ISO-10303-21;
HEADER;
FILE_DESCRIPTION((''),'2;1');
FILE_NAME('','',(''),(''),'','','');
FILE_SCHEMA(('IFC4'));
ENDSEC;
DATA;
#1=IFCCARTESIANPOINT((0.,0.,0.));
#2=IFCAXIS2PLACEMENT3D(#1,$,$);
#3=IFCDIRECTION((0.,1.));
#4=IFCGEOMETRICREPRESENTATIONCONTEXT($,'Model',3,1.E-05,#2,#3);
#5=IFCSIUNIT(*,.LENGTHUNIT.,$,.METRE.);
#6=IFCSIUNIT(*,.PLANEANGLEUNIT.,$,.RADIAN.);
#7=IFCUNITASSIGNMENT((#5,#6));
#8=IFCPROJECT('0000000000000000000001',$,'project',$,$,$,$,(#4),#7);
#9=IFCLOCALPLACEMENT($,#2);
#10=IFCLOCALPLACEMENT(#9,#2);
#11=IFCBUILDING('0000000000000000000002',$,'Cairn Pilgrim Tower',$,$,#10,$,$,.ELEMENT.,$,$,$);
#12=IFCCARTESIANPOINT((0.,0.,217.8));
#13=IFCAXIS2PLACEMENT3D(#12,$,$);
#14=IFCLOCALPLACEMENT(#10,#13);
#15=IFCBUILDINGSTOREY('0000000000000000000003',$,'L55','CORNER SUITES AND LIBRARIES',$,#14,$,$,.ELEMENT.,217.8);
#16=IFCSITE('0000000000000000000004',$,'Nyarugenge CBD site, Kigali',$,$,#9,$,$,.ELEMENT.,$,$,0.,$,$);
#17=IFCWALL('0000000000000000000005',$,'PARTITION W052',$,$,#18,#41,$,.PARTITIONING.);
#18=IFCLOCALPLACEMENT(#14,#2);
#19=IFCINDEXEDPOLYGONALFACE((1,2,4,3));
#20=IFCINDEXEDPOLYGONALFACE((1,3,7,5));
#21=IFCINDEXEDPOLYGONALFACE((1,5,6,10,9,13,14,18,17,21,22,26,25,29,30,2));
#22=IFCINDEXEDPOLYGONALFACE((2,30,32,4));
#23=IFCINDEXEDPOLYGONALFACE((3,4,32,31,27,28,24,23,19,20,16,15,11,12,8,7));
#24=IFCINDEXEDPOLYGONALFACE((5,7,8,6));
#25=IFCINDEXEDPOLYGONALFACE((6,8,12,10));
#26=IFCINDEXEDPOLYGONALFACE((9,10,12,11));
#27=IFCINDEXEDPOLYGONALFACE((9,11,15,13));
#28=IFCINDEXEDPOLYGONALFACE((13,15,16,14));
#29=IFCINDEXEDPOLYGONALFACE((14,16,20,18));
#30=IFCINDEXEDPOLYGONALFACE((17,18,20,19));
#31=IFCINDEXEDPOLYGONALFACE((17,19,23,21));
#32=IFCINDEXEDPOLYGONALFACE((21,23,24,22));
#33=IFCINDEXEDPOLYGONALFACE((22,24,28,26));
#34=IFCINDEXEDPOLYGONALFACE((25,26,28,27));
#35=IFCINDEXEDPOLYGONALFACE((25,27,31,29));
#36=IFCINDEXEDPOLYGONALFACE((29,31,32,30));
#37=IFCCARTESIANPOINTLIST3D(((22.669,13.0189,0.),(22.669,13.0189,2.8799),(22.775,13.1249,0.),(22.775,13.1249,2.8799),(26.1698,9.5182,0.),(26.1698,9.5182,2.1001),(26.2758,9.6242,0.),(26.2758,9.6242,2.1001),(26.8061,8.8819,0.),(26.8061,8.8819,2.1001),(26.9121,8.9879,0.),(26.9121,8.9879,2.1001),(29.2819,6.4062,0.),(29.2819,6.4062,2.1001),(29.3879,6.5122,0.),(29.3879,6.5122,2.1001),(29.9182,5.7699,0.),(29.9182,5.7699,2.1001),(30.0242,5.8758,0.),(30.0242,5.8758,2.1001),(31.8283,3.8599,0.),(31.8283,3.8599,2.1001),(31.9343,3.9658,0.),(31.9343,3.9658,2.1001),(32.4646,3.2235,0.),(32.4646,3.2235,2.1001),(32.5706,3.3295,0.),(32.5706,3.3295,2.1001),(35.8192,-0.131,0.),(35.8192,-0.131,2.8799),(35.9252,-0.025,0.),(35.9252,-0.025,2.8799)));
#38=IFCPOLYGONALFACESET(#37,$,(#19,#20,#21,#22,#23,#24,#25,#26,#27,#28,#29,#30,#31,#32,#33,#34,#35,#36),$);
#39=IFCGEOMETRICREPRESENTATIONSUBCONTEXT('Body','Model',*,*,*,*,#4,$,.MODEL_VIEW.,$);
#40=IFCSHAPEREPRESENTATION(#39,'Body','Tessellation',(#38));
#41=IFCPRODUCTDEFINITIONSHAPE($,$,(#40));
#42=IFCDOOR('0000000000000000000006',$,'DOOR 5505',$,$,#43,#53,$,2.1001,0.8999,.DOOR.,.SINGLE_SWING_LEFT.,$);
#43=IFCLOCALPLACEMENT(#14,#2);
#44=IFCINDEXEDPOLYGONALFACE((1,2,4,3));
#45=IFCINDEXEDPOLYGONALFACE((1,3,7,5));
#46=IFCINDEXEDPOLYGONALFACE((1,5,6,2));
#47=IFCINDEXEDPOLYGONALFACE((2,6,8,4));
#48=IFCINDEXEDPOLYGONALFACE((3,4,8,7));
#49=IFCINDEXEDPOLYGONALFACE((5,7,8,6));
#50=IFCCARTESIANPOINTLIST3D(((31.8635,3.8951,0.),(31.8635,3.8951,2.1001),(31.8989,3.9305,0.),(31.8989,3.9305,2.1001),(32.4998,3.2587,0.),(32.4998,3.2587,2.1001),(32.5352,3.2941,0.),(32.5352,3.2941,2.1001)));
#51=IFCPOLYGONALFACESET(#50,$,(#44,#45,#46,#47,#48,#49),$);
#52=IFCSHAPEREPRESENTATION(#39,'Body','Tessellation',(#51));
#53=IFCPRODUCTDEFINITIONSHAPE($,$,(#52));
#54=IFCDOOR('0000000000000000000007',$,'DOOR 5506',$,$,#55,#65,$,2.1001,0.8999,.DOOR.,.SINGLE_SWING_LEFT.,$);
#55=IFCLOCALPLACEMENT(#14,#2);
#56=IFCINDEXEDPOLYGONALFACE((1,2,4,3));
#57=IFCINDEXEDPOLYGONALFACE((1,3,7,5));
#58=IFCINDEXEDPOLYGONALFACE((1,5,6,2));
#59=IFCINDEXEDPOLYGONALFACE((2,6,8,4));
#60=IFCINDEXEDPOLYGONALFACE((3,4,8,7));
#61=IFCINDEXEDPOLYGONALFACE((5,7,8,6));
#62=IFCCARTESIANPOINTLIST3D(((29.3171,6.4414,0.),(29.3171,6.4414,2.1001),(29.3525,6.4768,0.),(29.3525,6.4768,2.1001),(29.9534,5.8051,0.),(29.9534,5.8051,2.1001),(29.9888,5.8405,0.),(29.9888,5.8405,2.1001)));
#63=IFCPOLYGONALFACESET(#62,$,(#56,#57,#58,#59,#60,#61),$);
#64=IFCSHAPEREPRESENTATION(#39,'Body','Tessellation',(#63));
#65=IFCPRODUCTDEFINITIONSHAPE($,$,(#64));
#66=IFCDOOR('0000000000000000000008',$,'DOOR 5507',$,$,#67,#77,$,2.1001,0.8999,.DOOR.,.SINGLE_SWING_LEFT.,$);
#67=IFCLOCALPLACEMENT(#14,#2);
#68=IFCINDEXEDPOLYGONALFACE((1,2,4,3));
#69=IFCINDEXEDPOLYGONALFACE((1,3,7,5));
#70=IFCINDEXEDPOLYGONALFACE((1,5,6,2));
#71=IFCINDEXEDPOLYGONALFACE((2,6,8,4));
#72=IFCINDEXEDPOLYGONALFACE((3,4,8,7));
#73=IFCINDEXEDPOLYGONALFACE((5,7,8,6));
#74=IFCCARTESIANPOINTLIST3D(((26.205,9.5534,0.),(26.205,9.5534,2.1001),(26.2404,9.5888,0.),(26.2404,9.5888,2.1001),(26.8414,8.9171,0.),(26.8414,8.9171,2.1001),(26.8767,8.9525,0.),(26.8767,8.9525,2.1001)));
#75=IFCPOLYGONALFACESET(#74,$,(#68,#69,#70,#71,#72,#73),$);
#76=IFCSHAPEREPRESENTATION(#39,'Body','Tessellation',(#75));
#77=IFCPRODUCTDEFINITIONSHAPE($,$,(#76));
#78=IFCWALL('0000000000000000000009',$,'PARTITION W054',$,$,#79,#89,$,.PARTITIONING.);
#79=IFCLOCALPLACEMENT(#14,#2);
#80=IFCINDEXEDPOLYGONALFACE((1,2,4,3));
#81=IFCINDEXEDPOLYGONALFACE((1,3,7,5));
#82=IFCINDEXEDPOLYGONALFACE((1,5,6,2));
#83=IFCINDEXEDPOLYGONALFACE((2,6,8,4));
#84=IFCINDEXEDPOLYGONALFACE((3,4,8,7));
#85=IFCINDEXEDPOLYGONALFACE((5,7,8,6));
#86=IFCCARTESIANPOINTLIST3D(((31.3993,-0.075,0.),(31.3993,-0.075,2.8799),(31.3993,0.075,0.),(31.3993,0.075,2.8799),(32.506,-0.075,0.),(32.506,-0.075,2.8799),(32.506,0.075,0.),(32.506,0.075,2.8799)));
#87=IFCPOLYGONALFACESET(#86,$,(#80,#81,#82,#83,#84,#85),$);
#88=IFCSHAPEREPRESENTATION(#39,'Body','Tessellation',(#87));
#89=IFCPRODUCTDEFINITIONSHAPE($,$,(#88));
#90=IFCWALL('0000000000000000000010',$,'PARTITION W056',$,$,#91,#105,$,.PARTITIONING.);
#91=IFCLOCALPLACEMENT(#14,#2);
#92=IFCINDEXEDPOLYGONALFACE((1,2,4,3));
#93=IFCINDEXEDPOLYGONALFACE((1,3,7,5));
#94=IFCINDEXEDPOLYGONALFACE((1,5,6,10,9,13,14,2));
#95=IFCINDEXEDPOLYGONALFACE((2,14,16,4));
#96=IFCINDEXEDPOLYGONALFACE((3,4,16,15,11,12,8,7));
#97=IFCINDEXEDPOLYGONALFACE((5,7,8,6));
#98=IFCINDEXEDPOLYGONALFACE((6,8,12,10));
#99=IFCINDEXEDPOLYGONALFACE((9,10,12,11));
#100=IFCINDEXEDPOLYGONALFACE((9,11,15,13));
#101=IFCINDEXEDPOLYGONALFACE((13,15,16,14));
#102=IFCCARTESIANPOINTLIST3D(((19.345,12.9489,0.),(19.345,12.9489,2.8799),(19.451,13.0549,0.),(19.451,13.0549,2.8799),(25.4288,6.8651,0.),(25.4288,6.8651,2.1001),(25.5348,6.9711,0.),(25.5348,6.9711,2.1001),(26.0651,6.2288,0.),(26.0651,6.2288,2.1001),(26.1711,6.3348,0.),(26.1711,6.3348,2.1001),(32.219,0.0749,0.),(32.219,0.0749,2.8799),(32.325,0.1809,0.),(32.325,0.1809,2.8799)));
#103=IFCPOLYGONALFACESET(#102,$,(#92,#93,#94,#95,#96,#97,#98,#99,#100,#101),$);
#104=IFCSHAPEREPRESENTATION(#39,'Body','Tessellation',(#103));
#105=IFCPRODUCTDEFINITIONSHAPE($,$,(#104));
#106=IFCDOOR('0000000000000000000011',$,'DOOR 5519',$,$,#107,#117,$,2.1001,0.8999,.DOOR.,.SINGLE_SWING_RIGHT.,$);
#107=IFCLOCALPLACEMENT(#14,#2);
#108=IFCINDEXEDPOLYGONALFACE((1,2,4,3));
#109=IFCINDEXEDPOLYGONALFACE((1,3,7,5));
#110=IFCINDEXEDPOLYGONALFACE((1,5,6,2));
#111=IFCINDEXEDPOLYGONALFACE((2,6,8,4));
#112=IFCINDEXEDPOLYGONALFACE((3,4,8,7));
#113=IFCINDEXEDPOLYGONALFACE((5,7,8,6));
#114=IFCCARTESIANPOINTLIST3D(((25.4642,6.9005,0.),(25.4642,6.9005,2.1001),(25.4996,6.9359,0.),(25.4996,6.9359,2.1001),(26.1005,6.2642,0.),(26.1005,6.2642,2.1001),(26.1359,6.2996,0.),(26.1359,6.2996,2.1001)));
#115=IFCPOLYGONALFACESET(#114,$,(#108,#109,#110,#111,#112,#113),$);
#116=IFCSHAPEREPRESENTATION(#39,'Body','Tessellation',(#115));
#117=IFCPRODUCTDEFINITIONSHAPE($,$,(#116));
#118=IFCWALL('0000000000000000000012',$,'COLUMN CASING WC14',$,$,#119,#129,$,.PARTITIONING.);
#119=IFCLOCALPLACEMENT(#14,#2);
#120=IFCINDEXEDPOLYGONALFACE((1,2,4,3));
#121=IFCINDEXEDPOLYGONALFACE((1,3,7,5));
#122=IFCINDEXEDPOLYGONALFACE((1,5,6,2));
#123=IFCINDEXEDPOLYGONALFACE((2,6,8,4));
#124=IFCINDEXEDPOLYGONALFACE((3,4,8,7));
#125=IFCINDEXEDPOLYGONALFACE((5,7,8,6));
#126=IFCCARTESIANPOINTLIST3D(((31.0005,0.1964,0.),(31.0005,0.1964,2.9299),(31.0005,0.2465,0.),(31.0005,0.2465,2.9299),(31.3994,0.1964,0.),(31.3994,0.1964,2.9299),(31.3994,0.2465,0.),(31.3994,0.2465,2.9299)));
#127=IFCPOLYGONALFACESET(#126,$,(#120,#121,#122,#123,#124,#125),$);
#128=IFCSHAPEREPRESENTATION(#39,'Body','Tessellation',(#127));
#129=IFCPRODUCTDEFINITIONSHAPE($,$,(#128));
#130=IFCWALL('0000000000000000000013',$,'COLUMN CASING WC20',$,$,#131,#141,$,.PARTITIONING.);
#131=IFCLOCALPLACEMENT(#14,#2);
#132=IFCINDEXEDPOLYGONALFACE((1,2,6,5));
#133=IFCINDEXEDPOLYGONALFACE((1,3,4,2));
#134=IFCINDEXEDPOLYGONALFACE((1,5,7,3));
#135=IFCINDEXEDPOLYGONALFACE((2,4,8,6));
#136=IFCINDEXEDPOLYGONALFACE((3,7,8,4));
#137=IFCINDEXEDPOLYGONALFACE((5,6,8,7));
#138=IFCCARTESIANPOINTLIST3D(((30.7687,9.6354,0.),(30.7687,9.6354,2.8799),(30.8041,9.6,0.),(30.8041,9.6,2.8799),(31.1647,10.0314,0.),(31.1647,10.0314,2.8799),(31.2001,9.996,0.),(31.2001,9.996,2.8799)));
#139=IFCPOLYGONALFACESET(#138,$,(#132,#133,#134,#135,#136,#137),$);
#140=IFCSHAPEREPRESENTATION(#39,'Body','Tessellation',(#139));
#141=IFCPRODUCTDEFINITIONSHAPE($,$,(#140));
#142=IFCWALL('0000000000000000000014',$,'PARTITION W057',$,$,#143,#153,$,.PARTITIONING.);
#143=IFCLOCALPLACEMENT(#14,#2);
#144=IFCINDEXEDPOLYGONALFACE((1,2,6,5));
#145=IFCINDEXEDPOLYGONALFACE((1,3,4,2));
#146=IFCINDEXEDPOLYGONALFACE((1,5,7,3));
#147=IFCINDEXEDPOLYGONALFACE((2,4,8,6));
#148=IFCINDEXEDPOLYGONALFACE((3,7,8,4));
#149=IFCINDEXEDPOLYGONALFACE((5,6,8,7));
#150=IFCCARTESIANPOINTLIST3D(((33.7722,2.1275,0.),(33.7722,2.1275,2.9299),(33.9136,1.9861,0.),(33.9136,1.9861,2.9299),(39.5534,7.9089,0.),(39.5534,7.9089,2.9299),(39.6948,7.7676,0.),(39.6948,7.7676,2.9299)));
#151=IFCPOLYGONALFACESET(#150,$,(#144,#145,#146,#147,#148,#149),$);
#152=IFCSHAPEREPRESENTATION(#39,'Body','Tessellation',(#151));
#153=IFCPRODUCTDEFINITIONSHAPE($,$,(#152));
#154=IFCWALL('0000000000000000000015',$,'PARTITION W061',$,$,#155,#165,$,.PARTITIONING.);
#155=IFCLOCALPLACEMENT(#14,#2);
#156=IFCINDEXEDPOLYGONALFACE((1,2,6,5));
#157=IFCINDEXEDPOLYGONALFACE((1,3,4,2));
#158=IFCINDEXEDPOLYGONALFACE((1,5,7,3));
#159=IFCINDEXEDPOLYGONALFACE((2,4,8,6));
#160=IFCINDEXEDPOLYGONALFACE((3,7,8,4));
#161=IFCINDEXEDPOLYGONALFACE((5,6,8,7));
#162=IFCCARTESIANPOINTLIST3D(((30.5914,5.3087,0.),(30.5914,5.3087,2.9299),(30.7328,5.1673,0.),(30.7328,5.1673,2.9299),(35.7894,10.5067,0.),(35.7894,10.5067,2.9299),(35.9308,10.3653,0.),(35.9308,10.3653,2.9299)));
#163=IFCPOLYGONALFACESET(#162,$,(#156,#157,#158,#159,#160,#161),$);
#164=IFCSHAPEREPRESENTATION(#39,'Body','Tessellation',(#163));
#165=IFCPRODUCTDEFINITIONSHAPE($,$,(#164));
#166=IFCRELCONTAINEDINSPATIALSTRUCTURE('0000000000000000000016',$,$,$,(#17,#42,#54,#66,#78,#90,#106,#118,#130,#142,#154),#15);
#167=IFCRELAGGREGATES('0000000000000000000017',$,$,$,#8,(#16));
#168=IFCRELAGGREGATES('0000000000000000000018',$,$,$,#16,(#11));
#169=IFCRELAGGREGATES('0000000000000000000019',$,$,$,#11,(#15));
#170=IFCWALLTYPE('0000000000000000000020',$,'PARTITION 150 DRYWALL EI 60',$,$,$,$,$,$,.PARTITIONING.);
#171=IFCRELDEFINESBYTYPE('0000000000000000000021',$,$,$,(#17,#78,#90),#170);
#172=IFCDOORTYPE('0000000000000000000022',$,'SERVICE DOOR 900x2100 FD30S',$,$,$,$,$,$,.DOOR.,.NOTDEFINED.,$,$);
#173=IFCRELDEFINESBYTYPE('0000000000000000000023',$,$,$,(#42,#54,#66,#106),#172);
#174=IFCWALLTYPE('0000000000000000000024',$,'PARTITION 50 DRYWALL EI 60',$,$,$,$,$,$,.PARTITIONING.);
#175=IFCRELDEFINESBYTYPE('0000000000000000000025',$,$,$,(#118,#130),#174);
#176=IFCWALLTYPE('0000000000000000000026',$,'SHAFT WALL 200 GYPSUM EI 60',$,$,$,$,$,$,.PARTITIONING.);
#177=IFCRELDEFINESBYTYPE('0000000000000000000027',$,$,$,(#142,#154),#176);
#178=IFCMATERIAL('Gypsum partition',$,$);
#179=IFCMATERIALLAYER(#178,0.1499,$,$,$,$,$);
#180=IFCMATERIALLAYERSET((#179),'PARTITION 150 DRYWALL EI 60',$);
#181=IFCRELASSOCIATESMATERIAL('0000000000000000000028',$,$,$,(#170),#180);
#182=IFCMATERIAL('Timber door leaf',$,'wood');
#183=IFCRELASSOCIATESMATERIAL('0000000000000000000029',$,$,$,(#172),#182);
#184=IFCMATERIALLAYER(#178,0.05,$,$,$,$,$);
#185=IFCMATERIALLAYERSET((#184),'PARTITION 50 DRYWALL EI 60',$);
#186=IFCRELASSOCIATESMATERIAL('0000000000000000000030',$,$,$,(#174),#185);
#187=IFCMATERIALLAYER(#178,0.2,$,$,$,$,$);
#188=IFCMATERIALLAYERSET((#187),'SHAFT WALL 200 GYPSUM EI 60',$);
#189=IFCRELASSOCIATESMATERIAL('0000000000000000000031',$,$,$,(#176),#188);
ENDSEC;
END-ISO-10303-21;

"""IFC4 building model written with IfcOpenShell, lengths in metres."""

from ifc_helpers import new_model, si_unit, direction, frame, frame_2d, origin, place, context, subcontext, project, spatial, rectangle, extrude, material, layer, layer_set, type_object, element, fill, save


model = new_model("IFC4")

# Units and contexts
model_context = context("Model", 3, precision=1e-05, world=origin(), true_north=direction((0.0, 1.0)))
body_context = subcontext(model_context, "Body", "Model", "MODEL_VIEW")
ifc_project = project(units=[si_unit("LENGTHUNIT", "METRE"), si_unit("PLANEANGLEUNIT", "RADIAN")], contexts=[model_context])

# Site, building, storey
site_placement = place(None, origin())
site = spatial("IfcSite", under=ifc_project, at=site_placement, Name="Nyarugenge CBD site, Kigali", CompositionType="ELEMENT", RefElevation=0.0)
building_placement = place(site_placement, origin())
building = spatial("IfcBuilding", under=site, at=building_placement, Name="Cairn Pilgrim Tower", CompositionType="ELEMENT")
storey_placement = place(building_placement, frame((0.0, 0.0, 217.8)))
storey = spatial("IfcBuildingStorey", under=building, at=storey_placement, Name="L55", Description="CORNER SUITES AND LIBRARIES", CompositionType="ELEMENT", Elevation=217.8)

# Wall, openings, doors
ifc_material_1 = material(Name="Gypsum partition")
ifc_layer_1 = layer(ifc_material_1, 0.1499)
ifc_layer_set_1 = layer_set([ifc_layer_1], Name="PARTITION 150 DRYWALL EI 60")
wall_type_1 = type_object("IfcWallType", Name="PARTITION 150 DRYWALL EI 60", PredefinedType="PARTITIONING", material=ifc_layer_set_1)
wall_1_placement = place(storey_placement, frame((35.8721, -0.0779, 0.0), z_axis=(0.0, 0.0, 1.0), x_axis=(-0.707113, 0.7071, 0.0)))
wall_1 = element("IfcWall", 1, at=wall_1_placement, inside=storey, type_object=wall_type_1, Name="PARTITION W052", PredefinedType="PARTITIONING", context=body_context, shape_type="SweptSolid", body=[
    extrude(rectangle(XDim=18.5969, YDim=0.1499, at=frame_2d((9.2983, 0.0))), origin(), (0.0, 0.0, 1.0), 2.8799),
])
opening_1_placement = place(wall_1_placement, frame((4.7439, 0.0, 0.0)))
opening_1 = element("IfcOpeningElement", 2, at=opening_1_placement, cuts=wall_1, PredefinedType="OPENING", context=body_context, shape_type="SweptSolid", body=[
    extrude(rectangle(XDim=0.8999, YDim=2.1001, at=frame_2d((0.45, 1.05))), frame((0.0, 0.085, 0.0), z_axis=(0.0, -1.0, 0.0), x_axis=(1.0, 0.0, 0.0)), (0.0, 0.0, 1.0), 0.1699),
])
opening_2_placement = place(wall_1_placement, frame((8.345, 0.0, 0.0)))
opening_2 = element("IfcOpeningElement", 3, at=opening_2_placement, cuts=wall_1, PredefinedType="OPENING", context=body_context, shape_type="SweptSolid", body=[
    extrude(rectangle(XDim=0.8999, YDim=2.1001, at=frame_2d((0.45, 1.05))), frame((0.0, 0.085, 0.0), z_axis=(0.0, -1.0, 0.0), x_axis=(1.0, 0.0, 0.0)), (0.0, 0.0, 1.0), 0.1699),
])
opening_3_placement = place(wall_1_placement, frame((12.7461, 0.0, 0.0)))
opening_3 = element("IfcOpeningElement", 4, at=opening_3_placement, cuts=wall_1, PredefinedType="OPENING", context=body_context, shape_type="SweptSolid", body=[
    extrude(rectangle(XDim=0.8999, YDim=2.1001, at=frame_2d((0.45, 1.05))), frame((0.0, 0.085, 0.0), z_axis=(0.0, -1.0, 0.0), x_axis=(1.0, 0.0, 0.0)), (0.0, 0.0, 1.0), 0.1699),
])
ifc_material_2 = material(Name="Timber door leaf", Category="wood")
door_type_1 = type_object("IfcDoorType", Name="SERVICE DOOR 900x2100 FD30S", OperationType="NOTDEFINED", PredefinedType="DOOR", material=ifc_material_2)
door_1_placement = place(opening_1_placement, frame((0.8999, 0.0, 0.0), z_axis=(0.0, 0.0, 1.0), x_axis=(-1.0, 0.0, 0.0)))
door_1 = element("IfcDoor", 5, at=door_1_placement, inside=storey, type_object=door_type_1, Name="DOOR 5505", OperationType="SINGLE_SWING_LEFT", OverallHeight=2.1001, OverallWidth=0.8999, PredefinedType="DOOR", context=body_context, shape_type="SweptSolid", body=[
    extrude(rectangle(XDim=0.8999, YDim=2.1001, at=frame_2d((0.45, 1.05))), frame((0.0, 0.0249, 0.0), z_axis=(0.0, -1.0, 0.0), x_axis=(1.0, 0.0, 0.0)), (0.0, 0.0, 1.0), 0.05),
])
fill(opening_1, door_1)
door_2_placement = place(opening_2_placement, frame((0.8999, 0.0, 0.0), z_axis=(0.0, 0.0, 1.0), x_axis=(-1.0, 0.0, 0.0)))
door_2 = element("IfcDoor", 6, at=door_2_placement, inside=storey, type_object=door_type_1, Name="DOOR 5506", OperationType="SINGLE_SWING_LEFT", OverallHeight=2.1001, OverallWidth=0.8999, PredefinedType="DOOR", context=body_context, shape_type="SweptSolid", body=[
    extrude(rectangle(XDim=0.8999, YDim=2.1001, at=frame_2d((0.45, 1.05))), frame((0.0, 0.0249, 0.0), z_axis=(0.0, -1.0, 0.0), x_axis=(1.0, 0.0, 0.0)), (0.0, 0.0, 1.0), 0.05),
])
fill(opening_2, door_2)
door_3_placement = place(opening_3_placement, frame((0.8999, 0.0, 0.0), z_axis=(0.0, 0.0, 1.0), x_axis=(-1.0, 0.0, 0.0)))
door_3 = element("IfcDoor", 7, at=door_3_placement, inside=storey, type_object=door_type_1, Name="DOOR 5507", OperationType="SINGLE_SWING_LEFT", OverallHeight=2.1001, OverallWidth=0.8999, PredefinedType="DOOR", context=body_context, shape_type="SweptSolid", body=[
    extrude(rectangle(XDim=0.8999, YDim=2.1001, at=frame_2d((0.45, 1.05))), frame((0.0, 0.0249, 0.0), z_axis=(0.0, -1.0, 0.0), x_axis=(1.0, 0.0, 0.0)), (0.0, 0.0, 1.0), 0.05),
])
fill(opening_3, door_3)

# Wall
wall_2_placement = place(storey_placement, frame((31.3994, 0.0, 0.0), z_axis=(0.0, 0.0, 1.0), x_axis=(1.0, 0.0, 0.0)))
element("IfcWall", 8, at=wall_2_placement, inside=storey, type_object=wall_type_1, Name="PARTITION W054", PredefinedType="PARTITIONING", context=body_context, shape_type="SweptSolid", body=[
    extrude(rectangle(XDim=1.1067, YDim=0.1499, at=frame_2d((0.5532, 0.0))), origin(), (0.0, 0.0, 1.0), 2.8799),
])

# Wall, opening, door
wall_3_placement = place(storey_placement, frame((32.272, 0.1279, 0.0), z_axis=(0.0, 0.0, 1.0), x_axis=(-0.707107, 0.707107, 0.0)))
wall_3 = element("IfcWall", 9, at=wall_3_placement, inside=storey, type_object=wall_type_1, Name="PARTITION W056", PredefinedType="PARTITIONING", context=body_context, shape_type="SweptSolid", body=[
    extrude(rectangle(XDim=18.2065, YDim=0.1499, at=frame_2d((9.1033, 0.0))), origin(), (0.0, 0.0, 1.0), 2.8799),
])
opening_4_placement = place(wall_3_placement, frame((8.7029, 0.0, 0.0)))
opening_4 = element("IfcOpeningElement", 10, at=opening_4_placement, cuts=wall_3, PredefinedType="OPENING", context=body_context, shape_type="SweptSolid", body=[
    extrude(rectangle(XDim=0.8999, YDim=2.1001, at=frame_2d((0.45, 1.05))), frame((0.0, 0.085, 0.0), z_axis=(0.0, -1.0, 0.0), x_axis=(1.0, 0.0, 0.0)), (0.0, 0.0, 1.0), 0.1699),
])
door_4_placement = place(opening_4_placement, origin())
door_4 = element("IfcDoor", 11, at=door_4_placement, inside=storey, type_object=door_type_1, Name="DOOR 5519", OperationType="SINGLE_SWING_RIGHT", OverallHeight=2.1001, OverallWidth=0.8999, PredefinedType="DOOR", context=body_context, shape_type="SweptSolid", body=[
    extrude(rectangle(XDim=0.8999, YDim=2.1001, at=frame_2d((0.45, 1.05))), frame((0.0, 0.0249, 0.0), z_axis=(0.0, -1.0, 0.0), x_axis=(1.0, 0.0, 0.0)), (0.0, 0.0, 1.0), 0.05),
])
fill(opening_4, door_4)

# Walls
ifc_layer_2 = layer(ifc_material_1, 0.05)
ifc_layer_set_2 = layer_set([ifc_layer_2], Name="PARTITION 50 DRYWALL EI 60")
wall_type_2 = type_object("IfcWallType", Name="PARTITION 50 DRYWALL EI 60", PredefinedType="PARTITIONING", material=ifc_layer_set_2)
wall_4_placement = place(storey_placement, frame((31.0005, 0.2214, 0.0), z_axis=(0.0, 0.0, 1.0), x_axis=(1.0, 0.0, 0.0)))
element("IfcWall", 12, at=wall_4_placement, inside=storey, type_object=wall_type_2, Name="COLUMN CASING WC14", PredefinedType="PARTITIONING", context=body_context, shape_type="SweptSolid", body=[
    extrude(rectangle(XDim=0.3989, YDim=0.05, at=frame_2d((0.1995, 0.0))), origin(), (0.0, 0.0, 1.0), 2.9299),
])
wall_5_placement = place(storey_placement, frame((30.7864, 9.6177, 0.0), z_axis=(0.0, 0.0, 1.0), x_axis=(0.707107, 0.707107, 0.0)))
element("IfcWall", 13, at=wall_5_placement, inside=storey, type_object=wall_type_2, Name="COLUMN CASING WC20", PredefinedType="PARTITIONING", context=body_context, shape_type="SweptSolid", body=[
    extrude(rectangle(XDim=0.5601, YDim=0.05, at=frame_2d((0.28, 0.0))), origin(), (0.0, 0.0, 1.0), 2.8799),
])
ifc_layer_3 = layer(ifc_material_1, 0.2)
ifc_layer_set_3 = layer_set([ifc_layer_3], Name="SHAFT WALL 200 GYPSUM EI 60")
wall_type_3 = type_object("IfcWallType", Name="SHAFT WALL 200 GYPSUM EI 60", PredefinedType="PARTITIONING", material=ifc_layer_set_3)
wall_6_placement = place(storey_placement, frame((33.843, 2.0569, 0.0), z_axis=(0.0, 0.0, 1.0), x_axis=(0.707092, 0.707122, 0.0)))
element("IfcWall", 14, at=wall_6_placement, inside=storey, type_object=wall_type_3, Name="PARTITION W057", PredefinedType="PARTITIONING", context=body_context, shape_type="SweptSolid", body=[
    extrude(rectangle(XDim=8.176, YDim=0.2, at=frame_2d((4.0879, 0.0))), origin(), (0.0, 0.0, 1.0), 2.9299),
])
wall_7_placement = place(storey_placement, frame((30.6621, 5.238, 0.0), z_axis=(0.0, 0.0, 1.0), x_axis=(0.707107, 0.707107, 0.0)))
element("IfcWall", 15, at=wall_7_placement, inside=storey, type_object=wall_type_3, Name="PARTITION W061", PredefinedType="PARTITIONING", context=body_context, shape_type="SweptSolid", body=[
    extrude(rectangle(XDim=7.3511, YDim=0.2, at=frame_2d((3.6755, 0.0))), origin(), (0.0, 0.0, 1.0), 2.9299),
])

save(model, "model.ifc")
